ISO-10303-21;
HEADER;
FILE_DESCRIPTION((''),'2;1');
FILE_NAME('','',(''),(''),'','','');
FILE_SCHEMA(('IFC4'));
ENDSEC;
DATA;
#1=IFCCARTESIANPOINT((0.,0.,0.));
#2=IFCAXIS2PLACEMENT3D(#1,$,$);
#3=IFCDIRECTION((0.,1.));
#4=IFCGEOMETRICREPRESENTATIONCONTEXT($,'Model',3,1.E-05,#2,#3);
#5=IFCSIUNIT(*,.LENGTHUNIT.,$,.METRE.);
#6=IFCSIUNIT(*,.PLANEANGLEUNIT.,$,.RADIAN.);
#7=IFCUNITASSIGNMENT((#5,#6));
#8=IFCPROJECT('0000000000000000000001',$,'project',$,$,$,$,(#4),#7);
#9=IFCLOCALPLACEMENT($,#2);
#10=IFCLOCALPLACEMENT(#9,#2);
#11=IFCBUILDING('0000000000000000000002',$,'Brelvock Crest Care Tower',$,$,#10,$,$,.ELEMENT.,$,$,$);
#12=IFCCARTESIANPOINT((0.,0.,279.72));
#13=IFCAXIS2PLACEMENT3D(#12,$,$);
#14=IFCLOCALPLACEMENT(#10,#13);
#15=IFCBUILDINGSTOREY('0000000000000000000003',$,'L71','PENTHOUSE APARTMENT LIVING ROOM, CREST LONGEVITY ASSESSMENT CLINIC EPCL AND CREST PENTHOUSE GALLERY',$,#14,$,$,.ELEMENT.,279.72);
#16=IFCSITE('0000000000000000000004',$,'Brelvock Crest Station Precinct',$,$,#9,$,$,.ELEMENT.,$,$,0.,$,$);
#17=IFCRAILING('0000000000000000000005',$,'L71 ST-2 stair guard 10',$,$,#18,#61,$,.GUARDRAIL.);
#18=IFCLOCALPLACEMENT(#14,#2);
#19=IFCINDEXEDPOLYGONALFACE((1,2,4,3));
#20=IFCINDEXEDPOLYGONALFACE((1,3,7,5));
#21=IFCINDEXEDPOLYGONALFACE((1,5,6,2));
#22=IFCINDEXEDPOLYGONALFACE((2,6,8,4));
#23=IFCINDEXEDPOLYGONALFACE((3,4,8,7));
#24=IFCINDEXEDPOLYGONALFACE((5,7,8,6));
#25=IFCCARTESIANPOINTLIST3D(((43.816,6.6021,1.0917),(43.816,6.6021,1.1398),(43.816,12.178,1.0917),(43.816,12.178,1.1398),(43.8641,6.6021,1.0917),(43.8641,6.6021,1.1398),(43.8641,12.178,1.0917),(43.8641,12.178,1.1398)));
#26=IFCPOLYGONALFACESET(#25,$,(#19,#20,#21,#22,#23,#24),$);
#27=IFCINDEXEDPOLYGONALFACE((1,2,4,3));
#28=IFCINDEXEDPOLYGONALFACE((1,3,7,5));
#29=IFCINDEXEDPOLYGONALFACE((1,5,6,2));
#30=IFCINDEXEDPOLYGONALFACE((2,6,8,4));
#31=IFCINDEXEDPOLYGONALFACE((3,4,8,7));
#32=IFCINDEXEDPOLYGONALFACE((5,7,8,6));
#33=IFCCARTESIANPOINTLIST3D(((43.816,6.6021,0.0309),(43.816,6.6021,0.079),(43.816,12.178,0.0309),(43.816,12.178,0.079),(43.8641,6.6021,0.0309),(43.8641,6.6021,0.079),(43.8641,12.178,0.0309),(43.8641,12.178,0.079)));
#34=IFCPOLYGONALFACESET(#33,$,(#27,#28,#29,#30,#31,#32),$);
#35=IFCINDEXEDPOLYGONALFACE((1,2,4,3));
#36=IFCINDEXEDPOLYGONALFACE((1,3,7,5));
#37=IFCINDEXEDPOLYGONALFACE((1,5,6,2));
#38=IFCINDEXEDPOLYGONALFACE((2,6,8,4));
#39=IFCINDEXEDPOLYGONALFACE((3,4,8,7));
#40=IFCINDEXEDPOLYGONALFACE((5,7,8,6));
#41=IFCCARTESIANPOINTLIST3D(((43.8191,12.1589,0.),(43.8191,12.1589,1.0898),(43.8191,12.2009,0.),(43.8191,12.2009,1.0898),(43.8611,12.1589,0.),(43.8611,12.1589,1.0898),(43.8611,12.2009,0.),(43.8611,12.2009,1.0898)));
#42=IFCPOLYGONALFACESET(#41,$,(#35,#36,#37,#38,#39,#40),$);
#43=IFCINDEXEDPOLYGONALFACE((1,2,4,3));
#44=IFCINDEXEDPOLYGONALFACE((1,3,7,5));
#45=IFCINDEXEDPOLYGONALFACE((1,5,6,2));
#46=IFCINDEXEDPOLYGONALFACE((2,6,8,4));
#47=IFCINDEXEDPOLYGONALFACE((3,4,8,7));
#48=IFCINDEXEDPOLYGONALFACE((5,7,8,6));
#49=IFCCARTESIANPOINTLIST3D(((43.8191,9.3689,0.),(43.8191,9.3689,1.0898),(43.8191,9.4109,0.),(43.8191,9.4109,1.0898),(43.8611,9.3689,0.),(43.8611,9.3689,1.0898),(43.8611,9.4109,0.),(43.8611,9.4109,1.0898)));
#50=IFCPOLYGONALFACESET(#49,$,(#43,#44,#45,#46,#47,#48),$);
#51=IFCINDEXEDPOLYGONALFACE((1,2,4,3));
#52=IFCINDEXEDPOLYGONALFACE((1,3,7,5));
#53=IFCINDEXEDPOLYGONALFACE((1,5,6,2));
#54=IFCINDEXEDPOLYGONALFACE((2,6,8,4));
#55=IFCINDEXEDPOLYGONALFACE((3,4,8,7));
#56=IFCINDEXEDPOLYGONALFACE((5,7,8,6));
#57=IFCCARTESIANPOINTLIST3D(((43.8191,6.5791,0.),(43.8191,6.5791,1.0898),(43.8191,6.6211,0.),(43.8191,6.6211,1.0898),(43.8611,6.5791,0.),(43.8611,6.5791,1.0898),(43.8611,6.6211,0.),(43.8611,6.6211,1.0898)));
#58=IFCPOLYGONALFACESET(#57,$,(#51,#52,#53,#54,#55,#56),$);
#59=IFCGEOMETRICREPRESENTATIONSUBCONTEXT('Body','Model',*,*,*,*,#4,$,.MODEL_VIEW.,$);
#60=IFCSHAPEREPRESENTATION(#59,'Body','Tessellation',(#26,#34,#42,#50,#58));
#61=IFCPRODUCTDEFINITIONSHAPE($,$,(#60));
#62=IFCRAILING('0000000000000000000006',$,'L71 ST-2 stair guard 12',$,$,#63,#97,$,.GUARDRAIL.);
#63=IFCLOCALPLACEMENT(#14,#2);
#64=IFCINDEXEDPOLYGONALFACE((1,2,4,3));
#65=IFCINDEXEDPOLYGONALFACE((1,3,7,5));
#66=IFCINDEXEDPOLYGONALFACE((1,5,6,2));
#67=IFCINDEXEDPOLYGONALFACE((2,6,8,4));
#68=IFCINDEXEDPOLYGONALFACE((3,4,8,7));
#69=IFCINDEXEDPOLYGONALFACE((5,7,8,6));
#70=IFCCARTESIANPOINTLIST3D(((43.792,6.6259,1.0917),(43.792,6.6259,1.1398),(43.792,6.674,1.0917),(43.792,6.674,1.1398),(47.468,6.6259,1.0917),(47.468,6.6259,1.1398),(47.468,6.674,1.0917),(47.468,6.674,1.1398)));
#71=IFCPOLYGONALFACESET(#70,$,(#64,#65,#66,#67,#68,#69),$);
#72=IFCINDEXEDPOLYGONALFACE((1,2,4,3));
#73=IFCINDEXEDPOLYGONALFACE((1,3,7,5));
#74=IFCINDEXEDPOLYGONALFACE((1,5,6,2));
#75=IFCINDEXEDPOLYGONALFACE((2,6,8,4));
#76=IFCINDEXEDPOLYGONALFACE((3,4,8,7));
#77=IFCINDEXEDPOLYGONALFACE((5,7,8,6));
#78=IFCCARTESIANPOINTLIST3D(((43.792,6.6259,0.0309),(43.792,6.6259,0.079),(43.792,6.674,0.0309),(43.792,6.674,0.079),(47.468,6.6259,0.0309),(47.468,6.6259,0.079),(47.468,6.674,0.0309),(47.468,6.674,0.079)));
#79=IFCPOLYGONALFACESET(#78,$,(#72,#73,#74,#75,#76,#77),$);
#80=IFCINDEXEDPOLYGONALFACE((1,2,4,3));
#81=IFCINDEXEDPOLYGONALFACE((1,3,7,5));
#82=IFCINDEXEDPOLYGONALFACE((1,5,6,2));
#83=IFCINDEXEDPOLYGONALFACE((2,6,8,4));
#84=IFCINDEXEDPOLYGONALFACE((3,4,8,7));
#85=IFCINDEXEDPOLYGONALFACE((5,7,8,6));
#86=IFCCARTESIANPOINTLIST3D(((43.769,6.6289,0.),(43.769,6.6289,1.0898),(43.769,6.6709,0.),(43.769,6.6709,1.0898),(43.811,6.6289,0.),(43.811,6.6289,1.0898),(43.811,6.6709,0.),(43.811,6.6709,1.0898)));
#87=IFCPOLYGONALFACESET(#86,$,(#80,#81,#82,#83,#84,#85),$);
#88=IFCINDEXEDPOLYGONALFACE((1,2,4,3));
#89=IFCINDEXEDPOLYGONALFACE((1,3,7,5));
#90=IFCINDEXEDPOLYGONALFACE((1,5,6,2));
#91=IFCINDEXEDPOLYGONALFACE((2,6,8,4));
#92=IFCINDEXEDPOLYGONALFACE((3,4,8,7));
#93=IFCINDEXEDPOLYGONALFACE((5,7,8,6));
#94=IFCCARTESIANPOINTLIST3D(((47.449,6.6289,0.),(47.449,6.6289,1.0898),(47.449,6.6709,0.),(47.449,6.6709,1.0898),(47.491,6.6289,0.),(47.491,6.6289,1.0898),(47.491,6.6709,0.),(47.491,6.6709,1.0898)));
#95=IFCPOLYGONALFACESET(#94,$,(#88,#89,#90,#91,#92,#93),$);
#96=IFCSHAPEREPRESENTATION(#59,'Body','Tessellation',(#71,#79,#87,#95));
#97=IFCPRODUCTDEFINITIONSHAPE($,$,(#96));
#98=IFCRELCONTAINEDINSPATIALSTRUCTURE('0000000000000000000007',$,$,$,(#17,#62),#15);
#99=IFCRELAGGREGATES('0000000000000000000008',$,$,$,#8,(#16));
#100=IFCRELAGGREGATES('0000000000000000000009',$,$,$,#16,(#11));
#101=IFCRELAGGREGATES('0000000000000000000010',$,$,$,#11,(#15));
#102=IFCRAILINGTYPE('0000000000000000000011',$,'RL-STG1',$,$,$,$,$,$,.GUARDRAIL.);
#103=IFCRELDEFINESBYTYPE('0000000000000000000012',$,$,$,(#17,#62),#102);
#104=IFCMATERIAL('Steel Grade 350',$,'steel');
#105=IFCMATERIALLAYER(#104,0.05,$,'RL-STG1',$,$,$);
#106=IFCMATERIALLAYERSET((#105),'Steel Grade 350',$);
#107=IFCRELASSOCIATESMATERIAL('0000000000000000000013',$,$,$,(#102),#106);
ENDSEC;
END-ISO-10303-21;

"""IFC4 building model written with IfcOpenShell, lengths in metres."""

from ifc_helpers import new_model, si_unit, direction, frame, origin, origin_2d, place, context, subcontext, project, spatial, rectangle, extrude, material, layer, layer_set, type_object, element, save


model = new_model("IFC4")

# Units and contexts
model_context = context("Model", 3, precision=1e-05, world=origin(), true_north=direction((0.0, 1.0)))
body_context = subcontext(model_context, "Body", "Model", "MODEL_VIEW")
ifc_project = project(units=[si_unit("LENGTHUNIT", "METRE"), si_unit("PLANEANGLEUNIT", "RADIAN")], contexts=[model_context])

# Site, building, storey
site_placement = place(None, origin())
site = spatial("IfcSite", under=ifc_project, at=site_placement, Name="Brelvock Crest Station Precinct", CompositionType="ELEMENT", RefElevation=0.0)
building_placement = place(site_placement, origin())
building = spatial("IfcBuilding", under=site, at=building_placement, Name="Brelvock Crest Care Tower", CompositionType="ELEMENT")
storey_placement = place(building_placement, frame((0.0, 0.0, 279.72)))
storey = spatial("IfcBuildingStorey", under=building, at=storey_placement, Name="L71", Description="PENTHOUSE APARTMENT LIVING ROOM, CREST LONGEVITY ASSESSMENT CLINIC EPCL AND CREST PENTHOUSE GALLERY", CompositionType="ELEMENT", Elevation=279.72)

# Shared definitions
ifc_material_1 = material(Name="Steel Grade 350", Category="steel")

# Railings
ifc_layer_1 = layer(ifc_material_1, 0.05, Name="RL-STG1")
ifc_layer_set_1 = layer_set([ifc_layer_1], Name="Steel Grade 350")
railing_type = type_object("IfcRailingType", Name="RL-STG1", PredefinedType="GUARDRAIL", material=ifc_layer_set_1)
railing_1_placement = place(storey_placement, frame((43.8401, 12.1799, 0.0)))
element("IfcRailing", 1, at=railing_1_placement, inside=storey, type_object=railing_type, Name="L71 ST-2 stair guard 10", PredefinedType="GUARDRAIL", context=body_context, shape_type="SweptSolid", body=[
    extrude(rectangle(XDim=0.0481, YDim=0.0481, at=origin_2d()), frame((0.0, -0.002, 1.1157), z_axis=(0.0, -1.0, 0.0), x_axis=(1.0, 0.0, 0.0)), (0.0, 0.0, 1.0), 5.5759),
    extrude(rectangle(XDim=0.0481, YDim=0.0481, at=origin_2d()), frame((0.0, -0.002, 0.0549), z_axis=(0.0, -1.0, 0.0), x_axis=(1.0, 0.0, 0.0)), (0.0, 0.0, 1.0), 5.5759),
    extrude(rectangle(XDim=0.042, YDim=0.042, at=origin_2d()), origin(), (0.0, 0.0, 1.0), 1.0898),
    extrude(rectangle(XDim=0.042, YDim=0.042, at=origin_2d()), frame((0.0, -2.79, 0.0)), (0.0, 0.0, 1.0), 1.0898),
    extrude(rectangle(XDim=0.042, YDim=0.042, at=origin_2d()), frame((0.0, -5.5798, 0.0)), (0.0, 0.0, 1.0), 1.0898),
])
railing_2_placement = place(storey_placement, frame((43.79, 6.6499, 0.0)))
element("IfcRailing", 2, at=railing_2_placement, inside=storey, type_object=railing_type, Name="L71 ST-2 stair guard 12", PredefinedType="GUARDRAIL", context=body_context, shape_type="SweptSolid", body=[
    extrude(rectangle(XDim=0.0481, YDim=0.0481, at=origin_2d()), frame((0.002, 0.0, 1.1157), z_axis=(1.0, 0.0, 0.0), x_axis=(0.0, 1.0, 0.0)), (0.0, 0.0, 1.0), 3.676),
    extrude(rectangle(XDim=0.0481, YDim=0.0481, at=origin_2d()), frame((0.002, 0.0, 0.0549), z_axis=(1.0, 0.0, 0.0), x_axis=(0.0, 1.0, 0.0)), (0.0, 0.0, 1.0), 3.676),
    extrude(rectangle(XDim=0.042, YDim=0.042, at=origin_2d()), origin(), (0.0, 0.0, 1.0), 1.0898),
    extrude(rectangle(XDim=0.042, YDim=0.042, at=origin_2d()), frame((3.6799, 0.0, 0.0)), (0.0, 0.0, 1.0), 1.0898),
])

save(model, "model.ifc")
